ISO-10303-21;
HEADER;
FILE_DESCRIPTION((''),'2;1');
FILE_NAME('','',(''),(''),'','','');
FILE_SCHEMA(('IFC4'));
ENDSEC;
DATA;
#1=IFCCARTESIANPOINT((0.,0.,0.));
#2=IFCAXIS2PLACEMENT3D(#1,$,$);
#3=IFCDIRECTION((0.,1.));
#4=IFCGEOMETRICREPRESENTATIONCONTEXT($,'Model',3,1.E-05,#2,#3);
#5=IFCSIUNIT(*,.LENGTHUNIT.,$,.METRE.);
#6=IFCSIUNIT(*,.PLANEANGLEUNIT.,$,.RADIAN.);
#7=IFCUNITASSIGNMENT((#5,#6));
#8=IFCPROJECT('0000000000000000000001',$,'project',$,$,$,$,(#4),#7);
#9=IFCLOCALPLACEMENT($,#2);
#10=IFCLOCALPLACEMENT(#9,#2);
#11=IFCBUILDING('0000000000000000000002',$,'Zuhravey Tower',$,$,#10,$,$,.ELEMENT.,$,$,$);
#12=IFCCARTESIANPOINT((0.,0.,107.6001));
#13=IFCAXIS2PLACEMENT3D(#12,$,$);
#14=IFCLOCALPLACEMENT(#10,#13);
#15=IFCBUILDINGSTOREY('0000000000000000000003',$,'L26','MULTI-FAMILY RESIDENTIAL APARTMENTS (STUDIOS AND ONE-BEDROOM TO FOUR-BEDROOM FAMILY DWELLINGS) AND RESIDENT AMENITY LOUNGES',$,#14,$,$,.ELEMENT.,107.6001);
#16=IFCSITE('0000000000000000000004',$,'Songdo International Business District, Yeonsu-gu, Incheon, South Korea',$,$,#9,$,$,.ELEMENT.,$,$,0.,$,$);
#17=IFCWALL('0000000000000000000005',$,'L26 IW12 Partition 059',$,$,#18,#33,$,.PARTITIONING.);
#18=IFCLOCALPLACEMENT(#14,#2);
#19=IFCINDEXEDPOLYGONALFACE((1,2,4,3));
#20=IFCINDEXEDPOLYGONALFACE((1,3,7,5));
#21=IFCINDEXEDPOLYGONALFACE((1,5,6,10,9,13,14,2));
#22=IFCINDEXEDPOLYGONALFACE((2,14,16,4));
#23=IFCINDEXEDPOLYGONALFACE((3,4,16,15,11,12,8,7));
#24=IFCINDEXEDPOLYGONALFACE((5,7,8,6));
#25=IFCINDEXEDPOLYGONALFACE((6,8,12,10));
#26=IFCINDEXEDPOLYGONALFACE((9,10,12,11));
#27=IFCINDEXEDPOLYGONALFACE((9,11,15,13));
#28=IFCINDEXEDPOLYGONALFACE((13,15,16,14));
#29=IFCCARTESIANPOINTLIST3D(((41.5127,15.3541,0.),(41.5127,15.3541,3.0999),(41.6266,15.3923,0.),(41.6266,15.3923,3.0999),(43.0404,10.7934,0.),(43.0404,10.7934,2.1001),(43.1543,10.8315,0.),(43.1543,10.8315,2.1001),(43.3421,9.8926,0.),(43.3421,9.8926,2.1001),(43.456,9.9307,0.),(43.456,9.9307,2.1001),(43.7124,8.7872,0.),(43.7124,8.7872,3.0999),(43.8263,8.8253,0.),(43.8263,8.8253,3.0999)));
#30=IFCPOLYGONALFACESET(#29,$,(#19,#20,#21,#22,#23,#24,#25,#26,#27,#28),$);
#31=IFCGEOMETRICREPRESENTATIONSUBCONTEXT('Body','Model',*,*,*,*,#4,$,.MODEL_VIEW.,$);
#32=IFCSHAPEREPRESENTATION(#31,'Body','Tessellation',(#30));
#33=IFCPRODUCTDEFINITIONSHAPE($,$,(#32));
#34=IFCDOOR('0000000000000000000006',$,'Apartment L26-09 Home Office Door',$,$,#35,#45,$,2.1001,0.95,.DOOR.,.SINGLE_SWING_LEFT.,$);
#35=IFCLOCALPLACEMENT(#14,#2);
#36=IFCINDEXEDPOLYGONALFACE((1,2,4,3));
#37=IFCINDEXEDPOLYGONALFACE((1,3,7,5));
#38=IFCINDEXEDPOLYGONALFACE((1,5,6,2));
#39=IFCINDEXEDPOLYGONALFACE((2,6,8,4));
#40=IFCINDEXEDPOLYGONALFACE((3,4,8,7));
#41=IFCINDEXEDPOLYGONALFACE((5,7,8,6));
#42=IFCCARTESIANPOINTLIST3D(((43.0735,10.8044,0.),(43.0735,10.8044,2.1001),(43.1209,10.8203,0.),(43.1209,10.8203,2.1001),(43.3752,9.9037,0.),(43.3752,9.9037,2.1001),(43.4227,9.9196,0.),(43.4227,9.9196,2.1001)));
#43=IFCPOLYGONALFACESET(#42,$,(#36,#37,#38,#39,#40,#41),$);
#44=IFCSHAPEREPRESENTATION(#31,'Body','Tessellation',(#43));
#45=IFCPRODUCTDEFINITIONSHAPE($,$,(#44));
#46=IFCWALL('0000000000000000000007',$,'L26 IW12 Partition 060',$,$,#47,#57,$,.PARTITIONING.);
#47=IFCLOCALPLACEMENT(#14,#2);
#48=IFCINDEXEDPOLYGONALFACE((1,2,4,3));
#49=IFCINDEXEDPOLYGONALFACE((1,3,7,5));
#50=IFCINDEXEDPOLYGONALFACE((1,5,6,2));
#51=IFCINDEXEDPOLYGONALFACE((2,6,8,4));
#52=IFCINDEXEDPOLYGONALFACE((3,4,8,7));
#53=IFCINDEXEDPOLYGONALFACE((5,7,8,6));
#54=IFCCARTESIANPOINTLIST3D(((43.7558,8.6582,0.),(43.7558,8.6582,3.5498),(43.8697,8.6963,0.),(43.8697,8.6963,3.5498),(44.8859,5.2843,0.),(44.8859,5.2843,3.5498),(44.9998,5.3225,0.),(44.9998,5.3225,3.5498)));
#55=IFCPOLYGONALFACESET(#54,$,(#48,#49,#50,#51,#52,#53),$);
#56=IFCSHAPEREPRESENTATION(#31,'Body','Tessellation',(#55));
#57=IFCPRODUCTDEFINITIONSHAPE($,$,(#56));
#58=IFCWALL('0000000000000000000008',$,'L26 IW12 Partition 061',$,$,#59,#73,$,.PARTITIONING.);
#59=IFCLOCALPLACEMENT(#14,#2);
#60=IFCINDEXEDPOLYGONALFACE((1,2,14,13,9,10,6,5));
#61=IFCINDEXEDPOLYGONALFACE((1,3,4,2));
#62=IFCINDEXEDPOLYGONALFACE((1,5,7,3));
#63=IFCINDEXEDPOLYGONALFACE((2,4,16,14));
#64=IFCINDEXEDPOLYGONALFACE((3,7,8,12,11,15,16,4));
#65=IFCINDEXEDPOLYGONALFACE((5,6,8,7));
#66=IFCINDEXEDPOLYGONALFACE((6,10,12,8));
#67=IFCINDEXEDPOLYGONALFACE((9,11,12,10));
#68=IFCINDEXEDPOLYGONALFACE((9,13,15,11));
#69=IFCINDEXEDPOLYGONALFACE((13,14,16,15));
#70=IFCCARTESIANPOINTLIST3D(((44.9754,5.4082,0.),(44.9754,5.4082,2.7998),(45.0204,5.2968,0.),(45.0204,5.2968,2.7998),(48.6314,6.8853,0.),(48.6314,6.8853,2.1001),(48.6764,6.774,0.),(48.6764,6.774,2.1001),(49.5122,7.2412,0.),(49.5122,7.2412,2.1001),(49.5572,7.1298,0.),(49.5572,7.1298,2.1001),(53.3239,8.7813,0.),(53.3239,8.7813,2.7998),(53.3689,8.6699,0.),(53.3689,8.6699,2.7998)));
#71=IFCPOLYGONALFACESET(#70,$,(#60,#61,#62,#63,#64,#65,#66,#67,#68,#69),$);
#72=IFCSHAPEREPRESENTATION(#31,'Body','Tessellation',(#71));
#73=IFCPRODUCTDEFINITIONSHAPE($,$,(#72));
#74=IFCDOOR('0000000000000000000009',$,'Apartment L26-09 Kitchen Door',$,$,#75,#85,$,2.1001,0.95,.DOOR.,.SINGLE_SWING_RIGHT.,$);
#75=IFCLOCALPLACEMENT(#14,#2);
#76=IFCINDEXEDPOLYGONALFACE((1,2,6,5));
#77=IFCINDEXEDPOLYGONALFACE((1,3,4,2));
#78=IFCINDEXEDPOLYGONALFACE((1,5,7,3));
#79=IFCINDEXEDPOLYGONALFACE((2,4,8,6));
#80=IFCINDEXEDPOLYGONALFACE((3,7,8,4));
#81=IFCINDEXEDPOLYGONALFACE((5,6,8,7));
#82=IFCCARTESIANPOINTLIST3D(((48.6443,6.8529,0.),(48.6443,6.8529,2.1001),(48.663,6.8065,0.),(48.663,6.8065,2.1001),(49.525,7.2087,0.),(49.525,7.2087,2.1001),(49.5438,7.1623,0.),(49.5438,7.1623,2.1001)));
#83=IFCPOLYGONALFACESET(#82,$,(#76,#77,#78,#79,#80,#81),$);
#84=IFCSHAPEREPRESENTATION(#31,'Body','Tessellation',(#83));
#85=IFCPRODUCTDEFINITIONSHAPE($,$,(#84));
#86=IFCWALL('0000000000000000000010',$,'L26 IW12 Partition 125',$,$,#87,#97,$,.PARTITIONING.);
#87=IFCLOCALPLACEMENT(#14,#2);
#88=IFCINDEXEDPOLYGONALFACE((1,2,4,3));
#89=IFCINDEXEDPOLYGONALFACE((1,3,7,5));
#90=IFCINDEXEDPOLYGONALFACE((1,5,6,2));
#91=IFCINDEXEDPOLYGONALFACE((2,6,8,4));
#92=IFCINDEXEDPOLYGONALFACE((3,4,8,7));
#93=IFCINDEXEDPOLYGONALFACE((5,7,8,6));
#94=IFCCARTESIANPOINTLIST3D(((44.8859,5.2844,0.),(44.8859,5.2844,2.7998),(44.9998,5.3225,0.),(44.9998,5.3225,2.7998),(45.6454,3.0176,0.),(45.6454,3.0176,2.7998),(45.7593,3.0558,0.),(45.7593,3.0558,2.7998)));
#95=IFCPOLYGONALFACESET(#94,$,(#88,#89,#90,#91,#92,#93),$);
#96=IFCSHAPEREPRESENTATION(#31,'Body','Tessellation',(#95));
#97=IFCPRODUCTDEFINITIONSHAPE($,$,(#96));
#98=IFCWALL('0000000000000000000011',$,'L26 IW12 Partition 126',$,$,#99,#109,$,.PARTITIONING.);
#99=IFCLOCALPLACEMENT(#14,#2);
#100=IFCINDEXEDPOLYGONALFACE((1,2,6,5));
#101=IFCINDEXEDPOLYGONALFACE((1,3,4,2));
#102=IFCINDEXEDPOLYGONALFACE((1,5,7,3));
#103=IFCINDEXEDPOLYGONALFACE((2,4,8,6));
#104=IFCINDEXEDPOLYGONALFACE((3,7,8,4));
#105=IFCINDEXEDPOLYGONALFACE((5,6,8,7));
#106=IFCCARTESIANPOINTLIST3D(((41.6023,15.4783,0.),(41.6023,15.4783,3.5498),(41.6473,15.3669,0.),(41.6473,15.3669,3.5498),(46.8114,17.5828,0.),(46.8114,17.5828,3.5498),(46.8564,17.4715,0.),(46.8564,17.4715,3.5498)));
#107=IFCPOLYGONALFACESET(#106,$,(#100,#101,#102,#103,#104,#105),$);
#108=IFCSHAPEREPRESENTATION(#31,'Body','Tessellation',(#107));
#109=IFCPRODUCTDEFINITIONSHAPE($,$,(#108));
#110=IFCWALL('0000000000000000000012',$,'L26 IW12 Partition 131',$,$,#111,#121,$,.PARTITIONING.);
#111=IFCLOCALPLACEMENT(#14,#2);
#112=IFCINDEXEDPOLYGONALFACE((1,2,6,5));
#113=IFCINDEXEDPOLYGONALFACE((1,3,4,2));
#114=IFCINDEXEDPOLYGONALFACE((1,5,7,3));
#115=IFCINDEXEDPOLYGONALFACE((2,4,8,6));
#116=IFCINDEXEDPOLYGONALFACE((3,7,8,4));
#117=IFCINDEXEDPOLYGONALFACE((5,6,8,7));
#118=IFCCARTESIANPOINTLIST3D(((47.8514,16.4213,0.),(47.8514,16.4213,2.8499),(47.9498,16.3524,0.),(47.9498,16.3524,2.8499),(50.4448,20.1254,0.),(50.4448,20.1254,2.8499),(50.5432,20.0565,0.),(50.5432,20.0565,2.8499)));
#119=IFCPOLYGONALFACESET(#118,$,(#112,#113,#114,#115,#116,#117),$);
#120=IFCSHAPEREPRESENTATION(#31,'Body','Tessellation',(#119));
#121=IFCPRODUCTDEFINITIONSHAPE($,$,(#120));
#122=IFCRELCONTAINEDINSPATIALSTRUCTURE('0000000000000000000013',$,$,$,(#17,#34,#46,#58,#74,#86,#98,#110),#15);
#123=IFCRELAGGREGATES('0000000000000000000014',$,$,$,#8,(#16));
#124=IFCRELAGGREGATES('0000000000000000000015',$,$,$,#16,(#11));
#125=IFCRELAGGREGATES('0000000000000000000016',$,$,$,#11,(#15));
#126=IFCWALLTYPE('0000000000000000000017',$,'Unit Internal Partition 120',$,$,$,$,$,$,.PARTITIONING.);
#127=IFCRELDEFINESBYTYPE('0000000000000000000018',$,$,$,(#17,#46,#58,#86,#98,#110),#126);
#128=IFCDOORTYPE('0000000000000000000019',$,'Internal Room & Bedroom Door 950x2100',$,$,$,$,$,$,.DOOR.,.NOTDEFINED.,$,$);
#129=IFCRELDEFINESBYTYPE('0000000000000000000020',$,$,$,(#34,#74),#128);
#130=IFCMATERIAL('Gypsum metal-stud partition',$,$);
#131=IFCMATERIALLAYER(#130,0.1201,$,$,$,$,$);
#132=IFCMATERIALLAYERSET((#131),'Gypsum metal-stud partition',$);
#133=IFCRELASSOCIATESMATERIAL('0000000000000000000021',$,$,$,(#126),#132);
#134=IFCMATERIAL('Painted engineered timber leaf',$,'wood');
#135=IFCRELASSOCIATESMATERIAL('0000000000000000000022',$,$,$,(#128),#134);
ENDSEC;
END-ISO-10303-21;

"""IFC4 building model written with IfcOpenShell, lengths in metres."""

from ifc_helpers import new_model, si_unit, direction, frame, frame_2d, origin, place, context, subcontext, project, spatial, rectangle, extrude, material, layer, layer_set, type_object, element, fill, save


model = new_model("IFC4")

# Units and contexts
model_context = context("Model", 3, precision=1e-05, world=origin(), true_north=direction((0.0, 1.0)))
body_context = subcontext(model_context, "Body", "Model", "MODEL_VIEW")
ifc_project = project(units=[si_unit("LENGTHUNIT", "METRE"), si_unit("PLANEANGLEUNIT", "RADIAN")], contexts=[model_context])

# Site, building, storey
site_placement = place(None, origin())
site = spatial("IfcSite", under=ifc_project, at=site_placement, Name="Songdo International Business District, Yeonsu-gu, Incheon, South Korea", CompositionType="ELEMENT", RefElevation=0.0)
building_placement = place(site_placement, origin())
building = spatial("IfcBuilding", under=site, at=building_placement, Name="Zuhravey Tower", CompositionType="ELEMENT")
storey_placement = place(building_placement, frame((0.0, 0.0, 107.6001)))
storey = spatial("IfcBuildingStorey", under=building, at=storey_placement, Name="L26", Description="MULTI-FAMILY RESIDENTIAL APARTMENTS (STUDIOS AND ONE-BEDROOM TO FOUR-BEDROOM FAMILY DWELLINGS) AND RESIDENT AMENITY LOUNGES", CompositionType="ELEMENT", Elevation=107.6001)

# Wall, opening, door
ifc_material_1 = material(Name="Gypsum metal-stud partition")
ifc_layer_1 = layer(ifc_material_1, 0.1201)
ifc_layer_set_1 = layer_set([ifc_layer_1], Name="Gypsum metal-stud partition")
wall_type_1 = type_object("IfcWallType", Name="Unit Internal Partition 120", PredefinedType="PARTITIONING", material=ifc_layer_set_1)
ifc_material_2 = material(Name="Painted engineered timber leaf", Category="wood")
door_type_1 = type_object("IfcDoorType", Name="Internal Room & Bedroom Door 950x2100", OperationType="NOTDEFINED", PredefinedType="DOOR", material=ifc_material_2)
wall_1_placement = place(storey_placement, frame((41.5696, 15.3733, 0.0), z_axis=(0.0, 0.0, 1.0), x_axis=(0.317623, -0.948217, 0.0)))
wall_1 = element("IfcWall", 1, at=wall_1_placement, inside=storey, type_object=wall_type_1, Name="L26 IW12 Partition 059", PredefinedType="PARTITIONING", context=body_context, shape_type="SweptSolid", body=[
    extrude(rectangle(XDim=6.9255, YDim=0.1201, at=frame_2d((3.4629, 0.0))), origin(), (0.0, 0.0, 1.0), 3.0999),
])
opening_1_placement = place(wall_1_placement, frame((4.8098, 0.0, 0.0)))
opening_1 = element("IfcOpeningElement", 2, at=opening_1_placement, cuts=wall_1, PredefinedType="OPENING", context=body_context, shape_type="SweptSolid", body=[
    extrude(rectangle(XDim=0.95, YDim=2.1001, at=frame_2d((0.4751, 1.05))), frame((0.0, 0.072, 0.0), z_axis=(0.0, -1.0, 0.0), x_axis=(1.0, 0.0, 0.0)), (0.0, 0.0, 1.0), 0.144),
])
door_1_placement = place(opening_1_placement, origin())
door_1 = element("IfcDoor", 3, at=door_1_placement, inside=storey, type_object=door_type_1, Name="Apartment L26-09 Home Office Door", OperationType="SINGLE_SWING_LEFT", OverallHeight=2.1001, OverallWidth=0.95, PredefinedType="DOOR", context=body_context, shape_type="SweptSolid", body=[
    extrude(rectangle(XDim=0.95, YDim=2.1001, at=frame_2d((0.4751, 1.05))), frame((0.0, 0.0249, 0.0), z_axis=(0.0, -1.0, 0.0), x_axis=(1.0, 0.0, 0.0)), (0.0, 0.0, 1.0), 0.05),
])
fill(opening_1, door_1)

# Wall
wall_2_placement = place(storey_placement, frame((43.8127, 8.6772, 0.0), z_axis=(0.0, 0.0, 1.0), x_axis=(0.317627, -0.948216, 0.0)))
element("IfcWall", 4, at=wall_2_placement, inside=storey, type_object=wall_type_1, Name="L26 IW12 Partition 060", PredefinedType="PARTITIONING", context=body_context, shape_type="SweptSolid", body=[
    extrude(rectangle(XDim=3.5581, YDim=0.1201, at=frame_2d((1.7791, 0.0))), origin(), (0.0, 0.0, 1.0), 3.5498),
])

# Wall, opening, door
wall_3_placement = place(storey_placement, frame((44.998, 5.3525, 0.0), z_axis=(0.0, 0.0, 1.0), x_axis=(0.927181, 0.374614, 0.0)))
wall_3 = element("IfcWall", 5, at=wall_3_placement, inside=storey, type_object=wall_type_1, Name="L26 IW12 Partition 061", PredefinedType="PARTITIONING", context=body_context, shape_type="SweptSolid", body=[
    extrude(rectangle(XDim=9.0042, YDim=0.1201, at=frame_2d((4.502, 0.0))), origin(), (0.0, 0.0, 1.0), 2.7998),
])
opening_2_placement = place(wall_3_placement, frame((3.9429, 0.0, 0.0)))
opening_2 = element("IfcOpeningElement", 6, at=opening_2_placement, cuts=wall_3, PredefinedType="OPENING", context=body_context, shape_type="SweptSolid", body=[
    extrude(rectangle(XDim=0.95, YDim=2.1001, at=frame_2d((0.4751, 1.05))), frame((0.0, 0.072, 0.0), z_axis=(0.0, -1.0, 0.0), x_axis=(1.0, 0.0, 0.0)), (0.0, 0.0, 1.0), 0.144),
])
door_2_placement = place(opening_2_placement, frame((0.95, 0.0, 0.0), z_axis=(0.0, 0.0, 1.0), x_axis=(-1.0, 0.0, 0.0)))
door_2 = element("IfcDoor", 7, at=door_2_placement, inside=storey, type_object=door_type_1, Name="Apartment L26-09 Kitchen Door", OperationType="SINGLE_SWING_RIGHT", OverallHeight=2.1001, OverallWidth=0.95, PredefinedType="DOOR", context=body_context, shape_type="SweptSolid", body=[
    extrude(rectangle(XDim=0.95, YDim=2.1001, at=frame_2d((0.4751, 1.05))), frame((0.0, 0.0249, 0.0), z_axis=(0.0, -1.0, 0.0), x_axis=(1.0, 0.0, 0.0)), (0.0, 0.0, 1.0), 0.05),
])
fill(opening_2, door_2)

# Walls
wall_4_placement = place(storey_placement, frame((44.9429, 5.3035, 0.0), z_axis=(0.0, 0.0, 1.0), x_axis=(0.317698, -0.948192, 0.0)))
element("IfcWall", 8, at=wall_4_placement, inside=storey, type_object=wall_type_1, Name="L26 IW12 Partition 125", PredefinedType="PARTITIONING", context=body_context, shape_type="SweptSolid", body=[
    extrude(rectangle(XDim=2.3906, YDim=0.1201, at=frame_2d((1.1953, 0.0))), origin(), (0.0, 0.0, 1.0), 2.7998),
])
wall_5_placement = place(storey_placement, frame((41.6248, 15.4226, 0.0), z_axis=(0.0, 0.0, 1.0), x_axis=(0.927188, 0.374595, 0.0)))
element("IfcWall", 9, at=wall_5_placement, inside=storey, type_object=wall_type_1, Name="L26 IW12 Partition 126", PredefinedType="PARTITIONING", context=body_context, shape_type="SweptSolid", body=[
    extrude(rectangle(XDim=5.6182, YDim=0.1201, at=frame_2d((2.8091, 0.0))), origin(), (0.0, 0.0, 1.0), 3.5498),
])
wall_6_placement = place(storey_placement, frame((47.9006, 16.387, 0.0), z_axis=(0.0, 0.0, 1.0), x_axis=(0.573557, 0.819166, 0.0)))
element("IfcWall", 10, at=wall_6_placement, inside=storey, type_object=wall_type_1, Name="L26 IW12 Partition 131", PredefinedType="PARTITIONING", context=body_context, shape_type="SweptSolid", body=[
    extrude(rectangle(XDim=4.5217, YDim=0.1201, at=frame_2d((2.2607, 0.0))), origin(), (0.0, 0.0, 1.0), 2.8499),
])

save(model, "model.ifc")
